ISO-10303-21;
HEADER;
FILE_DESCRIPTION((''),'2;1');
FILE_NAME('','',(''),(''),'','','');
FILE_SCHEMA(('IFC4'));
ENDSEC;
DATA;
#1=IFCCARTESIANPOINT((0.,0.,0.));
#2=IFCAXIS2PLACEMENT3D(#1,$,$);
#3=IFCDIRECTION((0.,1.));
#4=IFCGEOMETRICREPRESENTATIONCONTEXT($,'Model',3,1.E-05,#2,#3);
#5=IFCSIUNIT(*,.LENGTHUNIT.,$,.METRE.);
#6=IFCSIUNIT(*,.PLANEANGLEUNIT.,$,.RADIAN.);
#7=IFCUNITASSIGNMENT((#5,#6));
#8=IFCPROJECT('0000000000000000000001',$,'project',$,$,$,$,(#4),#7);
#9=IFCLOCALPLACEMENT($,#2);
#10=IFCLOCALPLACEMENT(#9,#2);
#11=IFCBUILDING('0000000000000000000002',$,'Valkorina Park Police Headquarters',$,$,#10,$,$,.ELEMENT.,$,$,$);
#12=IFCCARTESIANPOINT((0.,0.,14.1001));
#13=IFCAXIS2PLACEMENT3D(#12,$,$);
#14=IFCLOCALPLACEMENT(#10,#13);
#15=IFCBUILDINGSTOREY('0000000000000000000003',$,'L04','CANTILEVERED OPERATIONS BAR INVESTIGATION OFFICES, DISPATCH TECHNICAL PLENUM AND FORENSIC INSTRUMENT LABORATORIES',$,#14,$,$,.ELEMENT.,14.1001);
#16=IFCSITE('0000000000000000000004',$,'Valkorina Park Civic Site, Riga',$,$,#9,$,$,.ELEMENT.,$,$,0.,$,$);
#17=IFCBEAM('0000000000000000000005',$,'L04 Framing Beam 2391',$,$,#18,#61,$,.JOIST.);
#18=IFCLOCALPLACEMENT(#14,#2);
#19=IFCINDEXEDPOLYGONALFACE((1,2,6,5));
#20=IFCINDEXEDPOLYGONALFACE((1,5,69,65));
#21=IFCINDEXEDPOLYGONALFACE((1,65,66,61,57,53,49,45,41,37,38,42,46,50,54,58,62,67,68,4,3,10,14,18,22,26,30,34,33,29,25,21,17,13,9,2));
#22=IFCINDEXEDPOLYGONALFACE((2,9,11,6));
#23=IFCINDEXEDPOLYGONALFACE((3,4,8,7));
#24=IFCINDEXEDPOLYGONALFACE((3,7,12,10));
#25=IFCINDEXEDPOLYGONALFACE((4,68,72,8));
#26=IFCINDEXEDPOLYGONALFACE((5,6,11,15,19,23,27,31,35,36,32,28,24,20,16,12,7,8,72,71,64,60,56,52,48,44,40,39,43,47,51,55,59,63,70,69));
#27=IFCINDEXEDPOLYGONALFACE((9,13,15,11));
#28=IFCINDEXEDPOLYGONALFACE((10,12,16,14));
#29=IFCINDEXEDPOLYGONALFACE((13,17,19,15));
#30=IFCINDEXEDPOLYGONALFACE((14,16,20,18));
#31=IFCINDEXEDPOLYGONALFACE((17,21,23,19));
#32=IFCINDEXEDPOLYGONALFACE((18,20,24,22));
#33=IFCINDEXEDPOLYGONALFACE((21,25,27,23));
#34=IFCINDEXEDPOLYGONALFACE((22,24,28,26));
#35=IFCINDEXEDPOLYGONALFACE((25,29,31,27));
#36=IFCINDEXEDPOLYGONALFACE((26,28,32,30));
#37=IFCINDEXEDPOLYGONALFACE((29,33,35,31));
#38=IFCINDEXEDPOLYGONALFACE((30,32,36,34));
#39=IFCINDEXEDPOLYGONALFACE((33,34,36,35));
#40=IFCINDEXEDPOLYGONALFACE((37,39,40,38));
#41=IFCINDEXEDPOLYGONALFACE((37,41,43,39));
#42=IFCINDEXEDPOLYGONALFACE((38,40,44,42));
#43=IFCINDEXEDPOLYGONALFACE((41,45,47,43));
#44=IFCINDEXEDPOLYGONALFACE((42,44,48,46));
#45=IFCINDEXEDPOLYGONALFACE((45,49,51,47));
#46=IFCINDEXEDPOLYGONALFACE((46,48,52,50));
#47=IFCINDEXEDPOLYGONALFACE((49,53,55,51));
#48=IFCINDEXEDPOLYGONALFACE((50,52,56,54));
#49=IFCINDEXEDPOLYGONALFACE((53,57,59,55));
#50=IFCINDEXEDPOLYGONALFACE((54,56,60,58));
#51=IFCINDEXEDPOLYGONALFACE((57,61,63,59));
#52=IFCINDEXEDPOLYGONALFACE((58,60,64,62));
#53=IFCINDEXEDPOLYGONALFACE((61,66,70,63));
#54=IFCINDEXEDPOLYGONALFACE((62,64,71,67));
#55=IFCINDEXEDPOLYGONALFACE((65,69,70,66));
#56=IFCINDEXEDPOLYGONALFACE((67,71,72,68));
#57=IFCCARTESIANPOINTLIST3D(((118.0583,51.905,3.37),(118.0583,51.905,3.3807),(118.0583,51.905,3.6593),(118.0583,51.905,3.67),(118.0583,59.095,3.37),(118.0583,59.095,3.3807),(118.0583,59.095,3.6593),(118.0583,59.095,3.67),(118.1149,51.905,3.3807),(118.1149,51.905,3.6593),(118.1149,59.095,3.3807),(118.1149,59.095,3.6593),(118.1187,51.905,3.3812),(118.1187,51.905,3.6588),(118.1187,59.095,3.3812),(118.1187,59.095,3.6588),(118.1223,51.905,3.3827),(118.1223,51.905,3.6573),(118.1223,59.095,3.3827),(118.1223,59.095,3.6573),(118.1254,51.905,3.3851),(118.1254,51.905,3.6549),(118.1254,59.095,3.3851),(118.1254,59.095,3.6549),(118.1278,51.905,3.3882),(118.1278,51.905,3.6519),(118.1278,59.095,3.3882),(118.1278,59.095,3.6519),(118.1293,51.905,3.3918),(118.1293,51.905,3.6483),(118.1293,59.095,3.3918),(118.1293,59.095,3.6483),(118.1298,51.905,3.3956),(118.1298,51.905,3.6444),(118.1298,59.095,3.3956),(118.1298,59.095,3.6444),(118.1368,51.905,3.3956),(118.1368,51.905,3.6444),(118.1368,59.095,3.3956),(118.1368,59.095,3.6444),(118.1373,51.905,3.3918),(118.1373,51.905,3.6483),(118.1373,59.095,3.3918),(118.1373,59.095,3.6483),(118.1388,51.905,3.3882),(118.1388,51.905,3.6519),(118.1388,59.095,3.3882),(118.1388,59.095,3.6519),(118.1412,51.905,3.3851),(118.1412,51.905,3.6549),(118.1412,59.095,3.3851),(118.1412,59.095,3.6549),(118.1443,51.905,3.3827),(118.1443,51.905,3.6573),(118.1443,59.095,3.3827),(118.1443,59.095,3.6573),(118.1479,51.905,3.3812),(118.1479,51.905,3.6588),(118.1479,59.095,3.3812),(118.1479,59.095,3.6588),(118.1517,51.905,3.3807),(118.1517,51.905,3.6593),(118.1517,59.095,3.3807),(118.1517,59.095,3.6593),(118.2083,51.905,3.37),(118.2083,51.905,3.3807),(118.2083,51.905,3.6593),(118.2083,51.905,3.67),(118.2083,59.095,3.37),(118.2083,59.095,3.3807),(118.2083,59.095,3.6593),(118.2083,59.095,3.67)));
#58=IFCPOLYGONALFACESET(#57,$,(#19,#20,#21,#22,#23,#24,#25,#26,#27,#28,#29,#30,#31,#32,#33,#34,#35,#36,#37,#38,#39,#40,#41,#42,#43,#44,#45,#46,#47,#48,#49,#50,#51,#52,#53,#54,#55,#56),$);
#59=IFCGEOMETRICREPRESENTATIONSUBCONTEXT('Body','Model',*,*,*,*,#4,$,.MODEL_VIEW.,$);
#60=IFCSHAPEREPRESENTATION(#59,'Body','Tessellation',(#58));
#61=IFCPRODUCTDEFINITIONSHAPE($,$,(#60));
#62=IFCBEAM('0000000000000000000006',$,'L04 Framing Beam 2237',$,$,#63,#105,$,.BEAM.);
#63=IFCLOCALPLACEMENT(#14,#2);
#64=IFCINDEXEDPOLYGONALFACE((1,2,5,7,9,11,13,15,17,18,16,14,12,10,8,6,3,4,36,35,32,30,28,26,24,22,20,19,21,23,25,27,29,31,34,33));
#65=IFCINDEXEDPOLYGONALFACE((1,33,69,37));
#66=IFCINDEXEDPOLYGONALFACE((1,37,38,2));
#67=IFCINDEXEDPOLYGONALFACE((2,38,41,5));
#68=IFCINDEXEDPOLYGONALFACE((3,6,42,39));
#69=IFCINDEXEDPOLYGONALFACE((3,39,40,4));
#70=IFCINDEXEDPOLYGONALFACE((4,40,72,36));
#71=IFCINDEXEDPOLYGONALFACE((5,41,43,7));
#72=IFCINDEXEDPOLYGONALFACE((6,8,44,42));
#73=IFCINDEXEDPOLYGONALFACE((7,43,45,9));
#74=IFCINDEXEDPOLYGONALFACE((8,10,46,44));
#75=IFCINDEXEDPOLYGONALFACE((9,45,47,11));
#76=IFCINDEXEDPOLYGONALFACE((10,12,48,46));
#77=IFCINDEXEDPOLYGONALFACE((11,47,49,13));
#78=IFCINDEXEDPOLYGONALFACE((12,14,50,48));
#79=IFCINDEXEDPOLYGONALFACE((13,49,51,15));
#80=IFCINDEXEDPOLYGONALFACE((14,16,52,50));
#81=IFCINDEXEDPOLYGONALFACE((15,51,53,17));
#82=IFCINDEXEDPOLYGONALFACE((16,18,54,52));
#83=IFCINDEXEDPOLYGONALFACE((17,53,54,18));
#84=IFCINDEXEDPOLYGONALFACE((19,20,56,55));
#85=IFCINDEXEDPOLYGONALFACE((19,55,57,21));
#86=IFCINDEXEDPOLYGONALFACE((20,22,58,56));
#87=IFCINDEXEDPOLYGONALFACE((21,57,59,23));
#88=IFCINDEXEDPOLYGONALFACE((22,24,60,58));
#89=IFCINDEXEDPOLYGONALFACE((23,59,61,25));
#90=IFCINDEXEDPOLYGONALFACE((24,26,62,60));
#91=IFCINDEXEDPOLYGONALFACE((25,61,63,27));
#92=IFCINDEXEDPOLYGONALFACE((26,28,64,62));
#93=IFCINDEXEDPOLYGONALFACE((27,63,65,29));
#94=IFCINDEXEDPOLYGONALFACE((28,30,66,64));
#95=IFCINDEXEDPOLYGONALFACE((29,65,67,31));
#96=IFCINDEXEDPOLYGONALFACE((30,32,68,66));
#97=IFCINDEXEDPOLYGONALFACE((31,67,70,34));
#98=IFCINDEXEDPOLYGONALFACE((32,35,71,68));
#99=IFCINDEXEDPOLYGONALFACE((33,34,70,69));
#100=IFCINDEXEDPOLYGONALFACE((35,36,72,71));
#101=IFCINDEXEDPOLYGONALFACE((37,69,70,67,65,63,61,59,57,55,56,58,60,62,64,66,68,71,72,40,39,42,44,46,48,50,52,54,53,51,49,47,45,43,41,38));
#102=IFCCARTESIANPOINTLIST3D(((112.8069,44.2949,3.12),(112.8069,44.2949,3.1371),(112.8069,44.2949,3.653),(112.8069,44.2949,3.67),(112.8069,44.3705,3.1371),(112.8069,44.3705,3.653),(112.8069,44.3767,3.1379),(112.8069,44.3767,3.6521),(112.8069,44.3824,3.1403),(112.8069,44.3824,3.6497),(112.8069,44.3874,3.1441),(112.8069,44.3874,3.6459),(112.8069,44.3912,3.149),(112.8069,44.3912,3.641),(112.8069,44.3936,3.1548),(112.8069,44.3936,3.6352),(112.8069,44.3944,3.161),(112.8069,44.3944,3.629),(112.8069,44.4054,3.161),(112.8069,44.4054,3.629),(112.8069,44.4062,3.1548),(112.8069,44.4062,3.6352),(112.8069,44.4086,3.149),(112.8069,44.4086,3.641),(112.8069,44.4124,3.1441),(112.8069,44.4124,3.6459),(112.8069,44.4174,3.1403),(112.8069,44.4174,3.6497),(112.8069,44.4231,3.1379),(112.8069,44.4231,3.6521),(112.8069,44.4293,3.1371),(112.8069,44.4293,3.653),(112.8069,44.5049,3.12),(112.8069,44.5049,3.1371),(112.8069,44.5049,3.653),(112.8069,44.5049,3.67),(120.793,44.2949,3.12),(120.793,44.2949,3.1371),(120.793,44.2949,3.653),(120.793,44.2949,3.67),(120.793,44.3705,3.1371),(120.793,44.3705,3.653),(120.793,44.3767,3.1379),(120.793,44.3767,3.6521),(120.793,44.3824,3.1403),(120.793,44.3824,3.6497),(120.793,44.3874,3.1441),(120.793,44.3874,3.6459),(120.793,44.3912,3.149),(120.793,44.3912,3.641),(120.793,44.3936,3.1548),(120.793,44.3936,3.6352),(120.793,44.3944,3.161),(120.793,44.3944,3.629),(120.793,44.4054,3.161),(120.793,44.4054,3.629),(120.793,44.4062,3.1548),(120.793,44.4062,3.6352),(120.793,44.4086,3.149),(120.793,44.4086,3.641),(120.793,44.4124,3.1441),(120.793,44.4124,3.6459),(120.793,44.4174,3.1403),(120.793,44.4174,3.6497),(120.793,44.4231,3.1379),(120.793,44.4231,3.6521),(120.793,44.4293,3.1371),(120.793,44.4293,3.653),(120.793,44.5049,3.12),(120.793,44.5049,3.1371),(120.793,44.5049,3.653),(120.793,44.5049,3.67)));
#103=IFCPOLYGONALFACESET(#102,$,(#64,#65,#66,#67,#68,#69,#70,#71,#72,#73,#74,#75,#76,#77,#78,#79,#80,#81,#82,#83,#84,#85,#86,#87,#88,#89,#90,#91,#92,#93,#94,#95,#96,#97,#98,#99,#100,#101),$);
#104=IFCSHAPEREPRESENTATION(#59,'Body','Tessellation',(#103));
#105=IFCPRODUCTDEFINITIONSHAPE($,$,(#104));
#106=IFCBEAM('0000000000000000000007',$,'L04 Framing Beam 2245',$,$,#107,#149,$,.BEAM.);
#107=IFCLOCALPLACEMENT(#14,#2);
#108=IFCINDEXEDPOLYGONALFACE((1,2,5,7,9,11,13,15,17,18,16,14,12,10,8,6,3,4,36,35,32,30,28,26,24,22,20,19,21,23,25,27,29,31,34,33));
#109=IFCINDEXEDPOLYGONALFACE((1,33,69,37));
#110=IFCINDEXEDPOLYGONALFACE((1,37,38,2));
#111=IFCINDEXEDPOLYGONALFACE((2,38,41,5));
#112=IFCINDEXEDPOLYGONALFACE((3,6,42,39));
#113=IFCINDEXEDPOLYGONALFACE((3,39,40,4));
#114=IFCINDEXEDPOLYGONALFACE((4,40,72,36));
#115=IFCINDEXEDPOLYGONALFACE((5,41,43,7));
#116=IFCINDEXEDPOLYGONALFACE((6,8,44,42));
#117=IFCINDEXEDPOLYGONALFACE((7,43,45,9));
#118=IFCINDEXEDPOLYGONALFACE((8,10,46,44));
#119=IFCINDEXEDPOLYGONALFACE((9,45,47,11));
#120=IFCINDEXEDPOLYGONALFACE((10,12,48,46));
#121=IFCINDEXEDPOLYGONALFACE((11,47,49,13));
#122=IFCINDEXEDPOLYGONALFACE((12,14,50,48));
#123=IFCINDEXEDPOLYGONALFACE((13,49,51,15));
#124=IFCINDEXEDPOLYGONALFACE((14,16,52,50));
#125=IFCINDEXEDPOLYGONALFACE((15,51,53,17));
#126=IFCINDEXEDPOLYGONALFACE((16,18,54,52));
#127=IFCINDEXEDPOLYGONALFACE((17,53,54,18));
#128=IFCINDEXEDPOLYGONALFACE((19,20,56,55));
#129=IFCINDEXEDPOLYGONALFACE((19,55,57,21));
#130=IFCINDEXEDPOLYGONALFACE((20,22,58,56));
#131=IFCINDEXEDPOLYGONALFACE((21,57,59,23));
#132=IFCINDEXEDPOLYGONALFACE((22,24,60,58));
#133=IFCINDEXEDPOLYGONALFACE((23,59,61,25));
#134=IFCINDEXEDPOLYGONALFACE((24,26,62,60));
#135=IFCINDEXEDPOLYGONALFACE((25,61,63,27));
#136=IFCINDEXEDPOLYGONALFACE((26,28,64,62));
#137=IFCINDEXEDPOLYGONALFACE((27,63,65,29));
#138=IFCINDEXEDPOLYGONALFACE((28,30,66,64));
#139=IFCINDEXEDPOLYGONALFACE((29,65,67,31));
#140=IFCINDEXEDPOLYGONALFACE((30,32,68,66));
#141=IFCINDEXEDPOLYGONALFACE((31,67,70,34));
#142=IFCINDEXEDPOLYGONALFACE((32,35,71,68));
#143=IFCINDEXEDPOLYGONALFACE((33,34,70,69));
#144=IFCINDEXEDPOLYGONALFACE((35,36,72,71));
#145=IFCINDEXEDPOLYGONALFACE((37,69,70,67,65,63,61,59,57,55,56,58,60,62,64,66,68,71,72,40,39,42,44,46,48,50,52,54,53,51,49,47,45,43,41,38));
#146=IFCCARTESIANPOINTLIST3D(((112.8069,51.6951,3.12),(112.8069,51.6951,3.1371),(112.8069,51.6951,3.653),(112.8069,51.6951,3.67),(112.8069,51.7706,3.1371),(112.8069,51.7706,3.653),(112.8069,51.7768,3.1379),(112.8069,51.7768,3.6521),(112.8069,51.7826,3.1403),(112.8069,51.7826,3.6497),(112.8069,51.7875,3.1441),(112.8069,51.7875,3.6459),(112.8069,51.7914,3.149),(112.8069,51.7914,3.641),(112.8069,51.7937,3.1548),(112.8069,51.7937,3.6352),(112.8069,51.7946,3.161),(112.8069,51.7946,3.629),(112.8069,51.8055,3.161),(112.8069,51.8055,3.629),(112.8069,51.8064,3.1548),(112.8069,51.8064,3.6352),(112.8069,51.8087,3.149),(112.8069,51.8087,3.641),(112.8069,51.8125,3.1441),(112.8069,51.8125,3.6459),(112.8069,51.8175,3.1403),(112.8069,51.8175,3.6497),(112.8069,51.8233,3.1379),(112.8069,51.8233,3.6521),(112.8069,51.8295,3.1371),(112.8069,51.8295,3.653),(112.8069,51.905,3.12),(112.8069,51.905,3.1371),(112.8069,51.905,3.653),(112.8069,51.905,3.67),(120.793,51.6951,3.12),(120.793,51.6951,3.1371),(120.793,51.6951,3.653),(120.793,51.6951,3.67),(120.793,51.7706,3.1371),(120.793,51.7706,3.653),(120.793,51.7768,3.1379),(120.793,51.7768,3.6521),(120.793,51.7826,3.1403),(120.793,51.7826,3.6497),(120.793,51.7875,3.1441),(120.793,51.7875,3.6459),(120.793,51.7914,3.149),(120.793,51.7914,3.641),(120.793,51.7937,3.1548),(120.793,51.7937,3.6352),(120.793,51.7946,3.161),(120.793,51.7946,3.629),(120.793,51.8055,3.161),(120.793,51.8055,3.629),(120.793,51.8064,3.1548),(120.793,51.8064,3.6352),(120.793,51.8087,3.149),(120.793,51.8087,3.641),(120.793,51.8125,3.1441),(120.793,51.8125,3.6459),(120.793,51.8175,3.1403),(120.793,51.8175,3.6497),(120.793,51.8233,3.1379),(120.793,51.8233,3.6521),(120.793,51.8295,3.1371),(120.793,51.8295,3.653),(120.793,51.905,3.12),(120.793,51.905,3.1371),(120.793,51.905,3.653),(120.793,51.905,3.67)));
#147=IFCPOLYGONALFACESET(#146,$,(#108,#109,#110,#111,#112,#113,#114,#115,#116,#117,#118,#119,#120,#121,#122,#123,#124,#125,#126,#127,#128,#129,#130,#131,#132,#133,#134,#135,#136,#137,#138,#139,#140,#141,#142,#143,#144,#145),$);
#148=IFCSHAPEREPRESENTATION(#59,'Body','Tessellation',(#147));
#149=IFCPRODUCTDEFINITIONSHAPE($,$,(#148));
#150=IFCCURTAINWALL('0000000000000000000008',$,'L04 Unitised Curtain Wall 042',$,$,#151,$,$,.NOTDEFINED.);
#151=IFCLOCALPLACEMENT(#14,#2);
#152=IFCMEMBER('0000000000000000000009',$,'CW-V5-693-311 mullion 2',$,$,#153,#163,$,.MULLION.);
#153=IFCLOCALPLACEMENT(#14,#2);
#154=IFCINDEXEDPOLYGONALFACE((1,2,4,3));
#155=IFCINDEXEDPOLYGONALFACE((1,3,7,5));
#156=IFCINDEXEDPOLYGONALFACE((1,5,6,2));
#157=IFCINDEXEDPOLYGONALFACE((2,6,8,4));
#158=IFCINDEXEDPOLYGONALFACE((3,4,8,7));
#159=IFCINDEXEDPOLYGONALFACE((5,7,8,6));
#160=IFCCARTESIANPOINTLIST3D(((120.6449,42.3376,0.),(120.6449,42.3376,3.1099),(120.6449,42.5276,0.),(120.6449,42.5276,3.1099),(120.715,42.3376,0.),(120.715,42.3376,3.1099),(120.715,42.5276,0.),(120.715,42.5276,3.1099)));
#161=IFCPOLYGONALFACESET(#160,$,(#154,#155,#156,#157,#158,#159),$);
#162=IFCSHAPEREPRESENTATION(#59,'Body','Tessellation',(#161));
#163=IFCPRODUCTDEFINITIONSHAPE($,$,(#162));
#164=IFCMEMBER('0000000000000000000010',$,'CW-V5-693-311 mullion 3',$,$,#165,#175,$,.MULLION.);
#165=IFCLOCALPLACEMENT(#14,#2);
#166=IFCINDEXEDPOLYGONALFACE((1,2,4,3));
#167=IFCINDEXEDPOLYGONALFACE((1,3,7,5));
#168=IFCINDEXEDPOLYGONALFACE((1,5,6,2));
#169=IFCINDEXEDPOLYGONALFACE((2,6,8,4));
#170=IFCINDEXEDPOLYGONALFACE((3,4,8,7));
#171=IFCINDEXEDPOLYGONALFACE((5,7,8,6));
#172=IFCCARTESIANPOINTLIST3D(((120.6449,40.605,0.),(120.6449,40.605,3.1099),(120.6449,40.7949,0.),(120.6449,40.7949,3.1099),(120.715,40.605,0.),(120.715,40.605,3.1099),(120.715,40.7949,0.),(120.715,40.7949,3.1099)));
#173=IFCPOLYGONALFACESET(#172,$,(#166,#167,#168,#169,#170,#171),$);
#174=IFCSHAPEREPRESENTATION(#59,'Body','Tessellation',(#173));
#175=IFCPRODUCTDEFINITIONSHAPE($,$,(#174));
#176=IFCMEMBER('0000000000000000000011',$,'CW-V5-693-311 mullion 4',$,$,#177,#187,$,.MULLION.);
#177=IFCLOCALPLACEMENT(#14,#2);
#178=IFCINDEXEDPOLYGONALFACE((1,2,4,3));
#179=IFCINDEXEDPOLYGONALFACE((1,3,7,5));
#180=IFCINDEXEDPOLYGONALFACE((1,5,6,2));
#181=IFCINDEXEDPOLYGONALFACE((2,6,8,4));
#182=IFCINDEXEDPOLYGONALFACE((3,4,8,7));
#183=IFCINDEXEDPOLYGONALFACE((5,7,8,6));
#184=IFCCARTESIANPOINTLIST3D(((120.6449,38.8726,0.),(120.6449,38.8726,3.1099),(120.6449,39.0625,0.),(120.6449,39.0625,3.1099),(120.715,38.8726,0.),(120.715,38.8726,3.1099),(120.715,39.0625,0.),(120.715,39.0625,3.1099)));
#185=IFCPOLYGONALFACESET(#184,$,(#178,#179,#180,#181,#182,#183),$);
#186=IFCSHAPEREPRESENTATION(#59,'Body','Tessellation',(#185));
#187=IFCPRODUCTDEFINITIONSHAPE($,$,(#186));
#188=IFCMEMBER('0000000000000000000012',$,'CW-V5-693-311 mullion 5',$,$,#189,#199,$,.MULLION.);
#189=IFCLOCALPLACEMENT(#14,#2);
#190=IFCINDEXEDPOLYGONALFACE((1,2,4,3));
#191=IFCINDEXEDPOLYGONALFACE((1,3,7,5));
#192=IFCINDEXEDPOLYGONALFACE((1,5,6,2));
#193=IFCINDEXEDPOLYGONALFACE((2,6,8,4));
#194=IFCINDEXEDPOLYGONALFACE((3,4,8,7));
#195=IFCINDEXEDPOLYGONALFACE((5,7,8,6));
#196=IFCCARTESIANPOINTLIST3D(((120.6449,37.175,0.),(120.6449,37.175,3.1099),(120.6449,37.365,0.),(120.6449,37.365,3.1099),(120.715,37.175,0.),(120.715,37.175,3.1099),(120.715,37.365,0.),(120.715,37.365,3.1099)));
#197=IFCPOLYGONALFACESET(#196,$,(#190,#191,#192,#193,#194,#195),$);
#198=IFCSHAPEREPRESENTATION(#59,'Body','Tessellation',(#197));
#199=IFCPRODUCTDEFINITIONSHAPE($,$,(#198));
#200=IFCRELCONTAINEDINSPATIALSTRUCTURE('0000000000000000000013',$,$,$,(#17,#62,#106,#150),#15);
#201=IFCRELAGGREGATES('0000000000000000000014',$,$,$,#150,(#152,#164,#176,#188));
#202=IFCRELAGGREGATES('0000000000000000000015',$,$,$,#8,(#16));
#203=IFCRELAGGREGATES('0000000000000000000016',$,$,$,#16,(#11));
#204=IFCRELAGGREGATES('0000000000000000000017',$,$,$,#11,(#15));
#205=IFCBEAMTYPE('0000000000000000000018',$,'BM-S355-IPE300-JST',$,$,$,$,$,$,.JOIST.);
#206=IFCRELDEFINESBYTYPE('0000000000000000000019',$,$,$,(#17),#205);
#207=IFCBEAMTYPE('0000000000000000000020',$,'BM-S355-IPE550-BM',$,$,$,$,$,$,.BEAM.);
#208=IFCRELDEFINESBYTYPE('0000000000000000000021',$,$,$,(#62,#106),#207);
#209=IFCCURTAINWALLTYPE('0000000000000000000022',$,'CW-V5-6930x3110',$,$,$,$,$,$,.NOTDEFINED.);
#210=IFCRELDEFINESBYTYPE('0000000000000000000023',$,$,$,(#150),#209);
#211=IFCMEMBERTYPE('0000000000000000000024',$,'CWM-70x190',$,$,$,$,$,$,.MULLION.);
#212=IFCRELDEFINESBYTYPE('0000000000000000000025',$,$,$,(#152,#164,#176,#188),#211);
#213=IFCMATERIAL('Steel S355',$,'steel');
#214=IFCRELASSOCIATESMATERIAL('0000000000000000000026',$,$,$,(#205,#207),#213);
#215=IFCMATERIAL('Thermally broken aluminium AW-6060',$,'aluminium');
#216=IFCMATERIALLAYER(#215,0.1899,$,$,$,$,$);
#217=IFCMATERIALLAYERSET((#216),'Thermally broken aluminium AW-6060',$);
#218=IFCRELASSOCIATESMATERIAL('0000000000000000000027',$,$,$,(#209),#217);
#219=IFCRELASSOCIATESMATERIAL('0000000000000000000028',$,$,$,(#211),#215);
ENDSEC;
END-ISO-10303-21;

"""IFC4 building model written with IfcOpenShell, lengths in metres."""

from ifc_helpers import new_model, si_unit, direction, frame, origin, origin_2d, place, context, subcontext, project, spatial, rectangle, i_section, extrude, material, layer, layer_set, material_profile, profile_set, type_object, element, aggregate, save


model = new_model("IFC4")

# Units and contexts
model_context = context("Model", 3, precision=1e-05, world=origin(), true_north=direction((0.0, 1.0)))
body_context = subcontext(model_context, "Body", "Model", "MODEL_VIEW")
ifc_project = project(units=[si_unit("LENGTHUNIT", "METRE"), si_unit("PLANEANGLEUNIT", "RADIAN")], contexts=[model_context])

# Site, building, storey
site_placement = place(None, origin())
site = spatial("IfcSite", under=ifc_project, at=site_placement, Name="Valkorina Park Civic Site, Riga", CompositionType="ELEMENT", RefElevation=0.0)
building_placement = place(site_placement, origin())
building = spatial("IfcBuilding", under=site, at=building_placement, Name="Valkorina Park Police Headquarters", CompositionType="ELEMENT")
storey_placement = place(building_placement, frame((0.0, 0.0, 14.1001)))
storey = spatial("IfcBuildingStorey", under=building, at=storey_placement, Name="L04", Description="CANTILEVERED OPERATIONS BAR INVESTIGATION OFFICES, DISPATCH TECHNICAL PLENUM AND FORENSIC INSTRUMENT LABORATORIES", CompositionType="ELEMENT", Elevation=14.1001)

# Shared definitions
ifc_material_1 = material(Name="Steel S355", Category="steel")

# Beams
ifc_material_profile_1 = material_profile(ifc_material_1, i_section(OverallWidth=0.1499, OverallDepth=0.3, WebThickness=0.0071, FlangeThickness=0.0107, FilletRadius=0.0149, at=origin_2d()), Name="IPE 300")
ifc_profile_set_1 = profile_set([ifc_material_profile_1], Name="Steel S355")
beam_type_1 = type_object("IfcBeamType", Name="BM-S355-IPE300-JST", PredefinedType="JOIST", material=ifc_profile_set_1)
for number, where, z_axis, x_axis, name in (
    (1, (118.1333, 51.905, 3.52), (0.0, 1.0, 0.0), (-1.0, 0.0, 0.0), "L04 Framing Beam 2391"),
):
    element("IfcBeam", number, at=place(storey_placement, frame(where, z_axis=z_axis, x_axis=x_axis)), inside=storey, type_object=beam_type_1, Name=name, PredefinedType="JOIST", context=body_context, shape_type="SweptSolid", body=[
        extrude(i_section(OverallWidth=0.1499, OverallDepth=0.3, WebThickness=0.0071, FlangeThickness=0.0107, FilletRadius=0.0149, at=origin_2d()), origin(), (0.0, 0.0, 1.0), 7.1899),
    ])
ifc_material_profile_2 = material_profile(ifc_material_1, i_section(OverallWidth=0.21, OverallDepth=0.55, WebThickness=0.011, FlangeThickness=0.0171, FilletRadius=0.0239, at=origin_2d()), Name="IPE 550")
ifc_profile_set_2 = profile_set([ifc_material_profile_2], Name="Steel S355")
beam_type_2 = type_object("IfcBeamType", Name="BM-S355-IPE550-BM", PredefinedType="BEAM", material=ifc_profile_set_2)
for number, where, z_axis, x_axis, name in (
    (2, (112.8069, 44.3999, 3.395), (1.0, 0.0, 0.0), (0.0, 1.0, 0.0), "L04 Framing Beam 2237"),
    (3, (112.8069, 51.8, 3.395), (1.0, 0.0, 0.0), (0.0, 1.0, 0.0), "L04 Framing Beam 2245"),
):
    element("IfcBeam", number, at=place(storey_placement, frame(where, z_axis=z_axis, x_axis=x_axis)), inside=storey, type_object=beam_type_2, Name=name, PredefinedType="BEAM", context=body_context, shape_type="SweptSolid", body=[
        extrude(i_section(OverallWidth=0.21, OverallDepth=0.55, WebThickness=0.011, FlangeThickness=0.0171, FilletRadius=0.0239, at=origin_2d()), origin(), (0.0, 0.0, 1.0), 7.9861),
    ])

# Curtain wall, members
ifc_material_2 = material(Name="Thermally broken aluminium AW-6060", Category="aluminium")
ifc_layer_1 = layer(ifc_material_2, 0.1899)
ifc_layer_set_1 = layer_set([ifc_layer_1], Name="Thermally broken aluminium AW-6060")
curtain_wall_type = type_object("IfcCurtainWallType", Name="CW-V5-6930x3110", PredefinedType="NOTDEFINED", material=ifc_layer_set_1)
curtain_wall_placement = place(storey_placement, origin())
curtain_wall = element("IfcCurtainWall", 4, at=curtain_wall_placement, inside=storey, type_object=curtain_wall_type, Name="L04 Unitised Curtain Wall 042", PredefinedType="NOTDEFINED")
ifc_material_profile_3 = material_profile(ifc_material_2, rectangle(XDim=0.0701, YDim=0.1899, at=origin_2d()), Name="CWM-02 70x190")
ifc_profile_set_3 = profile_set([ifc_material_profile_3], Name="Thermally broken aluminium AW-6060")
member_type_1 = type_object("IfcMemberType", Name="CWM-70x190", PredefinedType="MULLION", material=ifc_profile_set_3)
member_1_placement = place(storey_placement, frame((120.6799, 42.4326, 0.0), z_axis=(0.0, 0.0, 1.0), x_axis=(1.0, 0.0, 0.0)))
member_1 = element("IfcMember", 5, at=member_1_placement, type_object=member_type_1, Name="CW-V5-693-311 mullion 2", PredefinedType="MULLION", context=body_context, shape_type="SweptSolid", body=[
    extrude(rectangle(XDim=0.0701, YDim=0.1899, at=origin_2d()), origin(), (0.0, 0.0, 1.0), 3.1099),
])
member_2_placement = place(storey_placement, frame((120.6799, 40.7, 0.0), z_axis=(0.0, 0.0, 1.0), x_axis=(1.0, 0.0, 0.0)))
member_2 = element("IfcMember", 6, at=member_2_placement, type_object=member_type_1, Name="CW-V5-693-311 mullion 3", PredefinedType="MULLION", context=body_context, shape_type="SweptSolid", body=[
    extrude(rectangle(XDim=0.0701, YDim=0.1899, at=origin_2d()), origin(), (0.0, 0.0, 1.0), 3.1099),
])
member_3_placement = place(storey_placement, frame((120.6799, 38.9675, 0.0), z_axis=(0.0, 0.0, 1.0), x_axis=(1.0, 0.0, 0.0)))
member_3 = element("IfcMember", 7, at=member_3_placement, type_object=member_type_1, Name="CW-V5-693-311 mullion 4", PredefinedType="MULLION", context=body_context, shape_type="SweptSolid", body=[
    extrude(rectangle(XDim=0.0701, YDim=0.1899, at=origin_2d()), origin(), (0.0, 0.0, 1.0), 3.1099),
])
member_4_placement = place(storey_placement, frame((120.6799, 37.27, 0.0), z_axis=(0.0, 0.0, 1.0), x_axis=(1.0, 0.0, 0.0)))
member_4 = element("IfcMember", 8, at=member_4_placement, type_object=member_type_1, Name="CW-V5-693-311 mullion 5", PredefinedType="MULLION", context=body_context, shape_type="SweptSolid", body=[
    extrude(rectangle(XDim=0.0701, YDim=0.1899, at=origin_2d()), origin(), (0.0, 0.0, 1.0), 3.1099),
])
aggregate(curtain_wall, [member_1, member_2, member_3, member_4])

save(model, "model.ifc")
